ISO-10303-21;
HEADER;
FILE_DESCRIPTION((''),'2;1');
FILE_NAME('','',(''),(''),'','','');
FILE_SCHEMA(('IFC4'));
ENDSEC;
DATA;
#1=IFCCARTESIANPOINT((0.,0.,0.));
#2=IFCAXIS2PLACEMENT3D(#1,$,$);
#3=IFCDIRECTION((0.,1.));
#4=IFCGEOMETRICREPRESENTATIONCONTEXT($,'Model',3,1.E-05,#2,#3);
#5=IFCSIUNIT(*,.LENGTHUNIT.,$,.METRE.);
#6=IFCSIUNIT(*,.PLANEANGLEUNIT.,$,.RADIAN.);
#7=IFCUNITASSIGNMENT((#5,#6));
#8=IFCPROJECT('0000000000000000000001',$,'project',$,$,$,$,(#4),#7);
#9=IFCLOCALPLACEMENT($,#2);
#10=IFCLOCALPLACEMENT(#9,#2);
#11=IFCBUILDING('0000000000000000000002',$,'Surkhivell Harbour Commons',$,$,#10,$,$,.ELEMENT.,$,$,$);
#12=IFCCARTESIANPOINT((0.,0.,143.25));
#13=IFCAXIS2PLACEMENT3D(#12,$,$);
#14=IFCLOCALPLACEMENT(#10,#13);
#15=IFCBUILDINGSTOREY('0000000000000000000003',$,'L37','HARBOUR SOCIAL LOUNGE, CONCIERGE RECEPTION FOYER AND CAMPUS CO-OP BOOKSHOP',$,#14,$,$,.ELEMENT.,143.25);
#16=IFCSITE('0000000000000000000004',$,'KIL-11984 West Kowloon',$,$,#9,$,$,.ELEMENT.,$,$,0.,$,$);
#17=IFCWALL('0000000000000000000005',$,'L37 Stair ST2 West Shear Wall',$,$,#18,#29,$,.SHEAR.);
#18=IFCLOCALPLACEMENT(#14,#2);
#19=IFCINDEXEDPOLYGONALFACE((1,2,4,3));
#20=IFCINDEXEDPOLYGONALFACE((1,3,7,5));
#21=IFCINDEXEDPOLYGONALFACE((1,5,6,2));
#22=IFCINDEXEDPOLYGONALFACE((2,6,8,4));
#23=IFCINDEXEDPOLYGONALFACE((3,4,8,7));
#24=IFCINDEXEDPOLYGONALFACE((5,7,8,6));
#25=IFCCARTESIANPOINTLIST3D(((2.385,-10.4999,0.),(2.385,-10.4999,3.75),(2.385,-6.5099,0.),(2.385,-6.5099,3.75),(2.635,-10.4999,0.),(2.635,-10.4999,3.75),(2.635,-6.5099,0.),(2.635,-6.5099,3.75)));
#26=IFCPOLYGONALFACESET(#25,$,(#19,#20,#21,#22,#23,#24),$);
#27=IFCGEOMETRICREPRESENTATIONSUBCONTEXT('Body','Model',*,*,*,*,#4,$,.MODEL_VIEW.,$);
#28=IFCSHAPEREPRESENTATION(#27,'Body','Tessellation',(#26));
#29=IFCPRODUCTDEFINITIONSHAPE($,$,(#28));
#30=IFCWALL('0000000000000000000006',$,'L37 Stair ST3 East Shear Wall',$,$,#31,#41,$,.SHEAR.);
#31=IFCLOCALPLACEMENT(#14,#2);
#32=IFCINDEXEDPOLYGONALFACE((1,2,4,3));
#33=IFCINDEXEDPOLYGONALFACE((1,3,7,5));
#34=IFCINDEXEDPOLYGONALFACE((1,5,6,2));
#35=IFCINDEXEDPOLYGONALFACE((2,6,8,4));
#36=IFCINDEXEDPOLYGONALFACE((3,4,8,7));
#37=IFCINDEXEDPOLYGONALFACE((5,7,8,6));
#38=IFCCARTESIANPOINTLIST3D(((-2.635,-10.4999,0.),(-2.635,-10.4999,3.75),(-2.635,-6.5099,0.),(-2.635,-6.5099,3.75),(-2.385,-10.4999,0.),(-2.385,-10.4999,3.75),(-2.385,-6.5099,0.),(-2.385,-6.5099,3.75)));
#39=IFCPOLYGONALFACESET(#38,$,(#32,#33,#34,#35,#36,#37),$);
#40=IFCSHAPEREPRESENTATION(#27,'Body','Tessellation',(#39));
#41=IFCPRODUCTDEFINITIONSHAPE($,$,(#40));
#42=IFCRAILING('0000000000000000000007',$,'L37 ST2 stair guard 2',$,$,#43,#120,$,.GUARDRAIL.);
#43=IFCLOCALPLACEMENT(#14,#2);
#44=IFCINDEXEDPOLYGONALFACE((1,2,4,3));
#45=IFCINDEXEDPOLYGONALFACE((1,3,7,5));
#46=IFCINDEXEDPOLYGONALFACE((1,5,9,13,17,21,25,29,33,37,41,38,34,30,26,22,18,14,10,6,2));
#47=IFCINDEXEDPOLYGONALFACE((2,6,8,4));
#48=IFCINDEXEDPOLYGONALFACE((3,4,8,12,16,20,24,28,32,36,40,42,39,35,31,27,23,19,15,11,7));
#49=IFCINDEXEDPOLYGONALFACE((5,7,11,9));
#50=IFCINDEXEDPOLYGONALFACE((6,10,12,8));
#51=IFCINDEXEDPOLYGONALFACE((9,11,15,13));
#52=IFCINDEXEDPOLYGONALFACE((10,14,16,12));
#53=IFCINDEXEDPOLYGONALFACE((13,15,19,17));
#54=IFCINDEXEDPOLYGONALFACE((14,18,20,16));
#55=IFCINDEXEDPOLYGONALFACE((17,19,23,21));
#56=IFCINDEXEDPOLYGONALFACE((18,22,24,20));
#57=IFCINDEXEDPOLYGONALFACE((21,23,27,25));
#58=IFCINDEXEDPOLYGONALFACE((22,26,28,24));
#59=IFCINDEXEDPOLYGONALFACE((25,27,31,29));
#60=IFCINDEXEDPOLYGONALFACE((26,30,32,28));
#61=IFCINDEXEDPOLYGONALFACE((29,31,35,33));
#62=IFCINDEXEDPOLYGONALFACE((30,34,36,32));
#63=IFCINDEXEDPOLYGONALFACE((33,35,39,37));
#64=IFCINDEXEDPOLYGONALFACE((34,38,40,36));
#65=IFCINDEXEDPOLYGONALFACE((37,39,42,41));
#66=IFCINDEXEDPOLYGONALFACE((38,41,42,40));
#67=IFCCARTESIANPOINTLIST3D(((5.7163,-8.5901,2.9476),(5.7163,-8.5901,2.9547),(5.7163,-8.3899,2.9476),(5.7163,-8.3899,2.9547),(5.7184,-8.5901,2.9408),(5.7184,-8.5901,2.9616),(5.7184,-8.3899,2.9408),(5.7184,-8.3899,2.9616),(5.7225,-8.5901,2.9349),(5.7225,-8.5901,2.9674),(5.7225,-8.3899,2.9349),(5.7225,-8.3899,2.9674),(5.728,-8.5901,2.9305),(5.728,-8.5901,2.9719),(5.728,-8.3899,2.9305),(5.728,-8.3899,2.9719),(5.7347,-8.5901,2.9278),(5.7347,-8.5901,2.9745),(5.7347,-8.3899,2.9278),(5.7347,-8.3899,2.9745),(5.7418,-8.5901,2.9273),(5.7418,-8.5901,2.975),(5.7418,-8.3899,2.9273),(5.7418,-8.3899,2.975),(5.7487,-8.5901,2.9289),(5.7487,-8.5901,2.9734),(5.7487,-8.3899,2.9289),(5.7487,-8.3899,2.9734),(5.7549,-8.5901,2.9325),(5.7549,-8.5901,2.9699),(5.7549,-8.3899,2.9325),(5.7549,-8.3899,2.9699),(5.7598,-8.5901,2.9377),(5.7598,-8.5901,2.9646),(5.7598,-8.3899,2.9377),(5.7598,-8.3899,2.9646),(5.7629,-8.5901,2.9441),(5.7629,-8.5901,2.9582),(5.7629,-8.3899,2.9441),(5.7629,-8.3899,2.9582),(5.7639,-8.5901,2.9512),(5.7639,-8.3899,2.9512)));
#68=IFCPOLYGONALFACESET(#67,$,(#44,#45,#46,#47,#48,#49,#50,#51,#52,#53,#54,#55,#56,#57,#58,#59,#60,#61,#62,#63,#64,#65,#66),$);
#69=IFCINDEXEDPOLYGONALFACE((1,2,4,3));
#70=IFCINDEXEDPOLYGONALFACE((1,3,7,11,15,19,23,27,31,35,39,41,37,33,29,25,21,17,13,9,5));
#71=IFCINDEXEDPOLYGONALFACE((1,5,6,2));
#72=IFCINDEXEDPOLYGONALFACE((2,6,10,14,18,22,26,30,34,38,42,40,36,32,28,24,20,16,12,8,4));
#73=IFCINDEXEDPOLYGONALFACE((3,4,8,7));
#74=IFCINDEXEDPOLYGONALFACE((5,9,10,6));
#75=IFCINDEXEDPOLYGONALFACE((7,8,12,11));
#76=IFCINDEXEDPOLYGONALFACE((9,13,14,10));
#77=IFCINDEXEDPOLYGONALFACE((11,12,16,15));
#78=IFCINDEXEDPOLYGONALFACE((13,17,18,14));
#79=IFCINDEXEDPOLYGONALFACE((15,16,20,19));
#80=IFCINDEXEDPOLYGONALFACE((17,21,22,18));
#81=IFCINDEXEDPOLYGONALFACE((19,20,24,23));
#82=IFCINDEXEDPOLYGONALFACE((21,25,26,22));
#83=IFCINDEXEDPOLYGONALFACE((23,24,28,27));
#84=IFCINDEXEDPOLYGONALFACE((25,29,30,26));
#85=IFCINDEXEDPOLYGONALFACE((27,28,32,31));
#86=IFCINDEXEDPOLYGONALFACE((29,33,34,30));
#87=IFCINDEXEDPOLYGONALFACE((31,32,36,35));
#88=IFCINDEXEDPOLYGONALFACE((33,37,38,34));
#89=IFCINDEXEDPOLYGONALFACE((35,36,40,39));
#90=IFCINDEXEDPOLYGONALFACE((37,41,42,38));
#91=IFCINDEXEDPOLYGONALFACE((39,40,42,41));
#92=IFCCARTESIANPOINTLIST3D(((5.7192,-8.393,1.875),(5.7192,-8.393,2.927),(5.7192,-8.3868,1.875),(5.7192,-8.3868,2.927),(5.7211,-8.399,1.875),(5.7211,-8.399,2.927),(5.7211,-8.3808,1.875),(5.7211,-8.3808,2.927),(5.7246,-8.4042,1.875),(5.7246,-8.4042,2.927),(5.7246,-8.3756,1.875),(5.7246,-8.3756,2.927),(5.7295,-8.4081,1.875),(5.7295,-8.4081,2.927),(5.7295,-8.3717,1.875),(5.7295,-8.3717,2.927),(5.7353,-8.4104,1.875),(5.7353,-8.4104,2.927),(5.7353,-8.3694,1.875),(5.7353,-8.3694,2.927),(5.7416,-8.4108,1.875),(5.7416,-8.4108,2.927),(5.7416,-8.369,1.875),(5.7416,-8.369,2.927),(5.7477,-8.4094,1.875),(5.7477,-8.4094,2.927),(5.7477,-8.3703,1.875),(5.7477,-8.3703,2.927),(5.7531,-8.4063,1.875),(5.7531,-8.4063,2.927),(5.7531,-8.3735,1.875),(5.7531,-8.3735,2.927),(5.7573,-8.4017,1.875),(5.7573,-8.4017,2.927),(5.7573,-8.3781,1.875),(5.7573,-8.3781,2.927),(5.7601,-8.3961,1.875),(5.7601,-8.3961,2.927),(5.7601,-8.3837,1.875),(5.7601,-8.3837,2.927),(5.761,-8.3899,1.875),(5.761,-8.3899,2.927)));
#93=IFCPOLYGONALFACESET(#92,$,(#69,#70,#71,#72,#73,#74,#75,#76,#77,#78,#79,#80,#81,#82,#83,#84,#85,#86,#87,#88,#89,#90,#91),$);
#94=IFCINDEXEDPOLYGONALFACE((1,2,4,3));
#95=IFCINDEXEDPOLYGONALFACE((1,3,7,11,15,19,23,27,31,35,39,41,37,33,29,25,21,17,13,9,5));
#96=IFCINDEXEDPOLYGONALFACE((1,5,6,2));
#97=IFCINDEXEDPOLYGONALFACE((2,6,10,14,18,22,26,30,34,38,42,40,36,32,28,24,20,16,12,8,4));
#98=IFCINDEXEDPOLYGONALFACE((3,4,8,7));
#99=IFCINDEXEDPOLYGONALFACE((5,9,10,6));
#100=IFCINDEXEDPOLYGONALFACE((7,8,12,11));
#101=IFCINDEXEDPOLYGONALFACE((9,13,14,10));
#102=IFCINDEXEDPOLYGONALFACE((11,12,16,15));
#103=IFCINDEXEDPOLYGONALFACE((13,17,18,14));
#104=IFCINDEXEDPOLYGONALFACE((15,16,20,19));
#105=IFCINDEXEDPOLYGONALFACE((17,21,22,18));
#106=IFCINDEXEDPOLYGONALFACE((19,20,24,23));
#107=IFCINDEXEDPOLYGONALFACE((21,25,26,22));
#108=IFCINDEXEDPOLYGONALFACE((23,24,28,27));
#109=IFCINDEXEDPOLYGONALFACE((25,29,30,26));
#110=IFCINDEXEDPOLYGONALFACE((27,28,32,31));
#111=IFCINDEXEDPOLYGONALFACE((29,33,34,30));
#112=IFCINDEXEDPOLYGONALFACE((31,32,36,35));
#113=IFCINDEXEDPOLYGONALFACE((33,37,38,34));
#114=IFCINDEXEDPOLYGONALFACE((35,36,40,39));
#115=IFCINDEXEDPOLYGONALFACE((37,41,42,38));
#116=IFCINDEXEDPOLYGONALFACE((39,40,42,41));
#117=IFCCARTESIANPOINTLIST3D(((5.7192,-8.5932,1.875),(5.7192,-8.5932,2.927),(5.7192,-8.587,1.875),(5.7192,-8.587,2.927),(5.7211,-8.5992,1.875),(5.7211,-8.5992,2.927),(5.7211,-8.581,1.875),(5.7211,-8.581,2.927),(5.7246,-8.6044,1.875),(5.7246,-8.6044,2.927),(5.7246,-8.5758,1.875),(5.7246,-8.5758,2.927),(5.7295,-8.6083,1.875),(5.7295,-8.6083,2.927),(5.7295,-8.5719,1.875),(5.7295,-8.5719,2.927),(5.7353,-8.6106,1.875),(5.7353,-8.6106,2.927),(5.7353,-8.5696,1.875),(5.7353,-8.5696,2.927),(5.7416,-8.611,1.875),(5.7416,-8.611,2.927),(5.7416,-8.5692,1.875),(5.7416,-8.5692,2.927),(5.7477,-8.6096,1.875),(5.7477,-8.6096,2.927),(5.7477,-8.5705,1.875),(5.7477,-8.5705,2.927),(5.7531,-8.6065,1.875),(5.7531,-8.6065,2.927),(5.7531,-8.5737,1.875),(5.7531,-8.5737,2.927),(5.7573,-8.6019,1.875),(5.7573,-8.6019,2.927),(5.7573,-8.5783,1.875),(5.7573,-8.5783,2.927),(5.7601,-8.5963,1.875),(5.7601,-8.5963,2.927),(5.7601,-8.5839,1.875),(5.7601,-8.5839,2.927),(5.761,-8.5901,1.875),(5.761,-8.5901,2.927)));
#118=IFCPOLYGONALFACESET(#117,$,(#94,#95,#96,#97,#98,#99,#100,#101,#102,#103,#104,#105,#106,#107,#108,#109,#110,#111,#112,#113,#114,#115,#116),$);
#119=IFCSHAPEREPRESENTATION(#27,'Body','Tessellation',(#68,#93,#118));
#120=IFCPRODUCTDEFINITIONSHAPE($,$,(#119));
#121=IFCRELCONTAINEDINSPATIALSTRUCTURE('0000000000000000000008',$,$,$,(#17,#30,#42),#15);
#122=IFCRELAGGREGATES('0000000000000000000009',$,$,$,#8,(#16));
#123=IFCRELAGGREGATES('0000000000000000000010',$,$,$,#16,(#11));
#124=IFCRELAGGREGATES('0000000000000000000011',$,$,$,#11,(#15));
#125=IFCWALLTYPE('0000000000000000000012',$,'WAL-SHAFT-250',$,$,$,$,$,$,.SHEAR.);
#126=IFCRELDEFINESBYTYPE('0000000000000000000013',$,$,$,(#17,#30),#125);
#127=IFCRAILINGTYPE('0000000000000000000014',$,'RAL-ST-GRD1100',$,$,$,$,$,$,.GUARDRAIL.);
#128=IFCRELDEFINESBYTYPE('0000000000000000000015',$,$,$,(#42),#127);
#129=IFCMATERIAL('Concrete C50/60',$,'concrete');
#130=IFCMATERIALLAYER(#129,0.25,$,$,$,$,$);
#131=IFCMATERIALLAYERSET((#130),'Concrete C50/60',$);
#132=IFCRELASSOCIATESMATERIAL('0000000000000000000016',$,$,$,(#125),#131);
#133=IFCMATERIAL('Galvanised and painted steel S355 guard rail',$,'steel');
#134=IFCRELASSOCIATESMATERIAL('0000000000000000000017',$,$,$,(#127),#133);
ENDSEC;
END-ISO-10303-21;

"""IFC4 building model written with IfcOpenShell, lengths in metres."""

from ifc_helpers import new_model, si_unit, direction, frame, frame_2d, origin, origin_2d, place, context, subcontext, project, spatial, rectangle, circle, extrude, material, layer, layer_set, type_object, element, save


model = new_model("IFC4")

# Units and contexts
model_context = context("Model", 3, precision=1e-05, world=origin(), true_north=direction((0.0, 1.0)))
body_context = subcontext(model_context, "Body", "Model", "MODEL_VIEW")
ifc_project = project(units=[si_unit("LENGTHUNIT", "METRE"), si_unit("PLANEANGLEUNIT", "RADIAN")], contexts=[model_context])

# Site, building, storey
site_placement = place(None, origin())
site = spatial("IfcSite", under=ifc_project, at=site_placement, Name="KIL-11984 West Kowloon", CompositionType="ELEMENT", RefElevation=0.0)
building_placement = place(site_placement, origin())
building = spatial("IfcBuilding", under=site, at=building_placement, Name="Surkhivell Harbour Commons", CompositionType="ELEMENT")
storey_placement = place(building_placement, frame((0.0, 0.0, 143.25)))
storey = spatial("IfcBuildingStorey", under=building, at=storey_placement, Name="L37", Description="HARBOUR SOCIAL LOUNGE, CONCIERGE RECEPTION FOYER AND CAMPUS CO-OP BOOKSHOP", CompositionType="ELEMENT", Elevation=143.25)

# Shared definitions
ifc_material_1 = material(Name="Concrete C50/60", Category="concrete")
ifc_layer_1 = layer(ifc_material_1, 0.25)
ifc_layer_set_1 = layer_set([ifc_layer_1], Name="Concrete C50/60")
wall_type_1 = type_object("IfcWallType", Name="WAL-SHAFT-250", PredefinedType="SHEAR", material=ifc_layer_set_1)

# Walls
for number, where, z_axis, x_axis, name in (
    (1, (2.51, -10.5, 0.0), (0.0, 0.0, 1.0), (0.0, 1.0, 0.0), "L37 Stair ST2 West Shear Wall"),
    (2, (-2.51, -10.5, 0.0), (0.0, 0.0, 1.0), (0.0, 1.0, 0.0), "L37 Stair ST3 East Shear Wall"),
):
    element("IfcWall", number, at=place(storey_placement, frame(where, z_axis=z_axis, x_axis=x_axis)), inside=storey, type_object=wall_type_1, Name=name, PredefinedType="SHEAR", context=body_context, shape_type="SweptSolid", body=[
        extrude(rectangle(XDim=3.99, YDim=0.25, at=frame_2d((1.9951, 0.0))), origin(), (0.0, 0.0, 1.0), 3.75),
    ])

# Railing
ifc_material_2 = material(Name="Galvanised and painted steel S355 guard rail", Category="steel")
railing_type_1 = type_object("IfcRailingType", Name="RAL-ST-GRD1100", PredefinedType="GUARDRAIL", material=ifc_material_2)
railing_1_placement = place(storey_placement, frame((5.74, -8.3899, 1.875)))
element("IfcRailing", 3, at=railing_1_placement, inside=storey, type_object=railing_type_1, Name="L37 ST2 stair guard 2", PredefinedType="GUARDRAIL", context=body_context, shape_type="SweptSolid", body=[
    extrude(circle(Radius=0.0239, at=origin_2d()), frame((0.0, 0.0, 1.0762), z_axis=(0.0, -1.0, 0.0), x_axis=(1.0, 0.0, 0.0)), (0.0, 0.0, 1.0), 0.2002),
    extrude(circle(Radius=0.021, at=origin_2d()), origin(), (0.0, 0.0, 1.0), 1.052),
    extrude(circle(Radius=0.021, at=origin_2d()), frame((0.0, -0.2002, 0.0)), (0.0, 0.0, 1.0), 1.052),
])

save(model, "model.ifc")
